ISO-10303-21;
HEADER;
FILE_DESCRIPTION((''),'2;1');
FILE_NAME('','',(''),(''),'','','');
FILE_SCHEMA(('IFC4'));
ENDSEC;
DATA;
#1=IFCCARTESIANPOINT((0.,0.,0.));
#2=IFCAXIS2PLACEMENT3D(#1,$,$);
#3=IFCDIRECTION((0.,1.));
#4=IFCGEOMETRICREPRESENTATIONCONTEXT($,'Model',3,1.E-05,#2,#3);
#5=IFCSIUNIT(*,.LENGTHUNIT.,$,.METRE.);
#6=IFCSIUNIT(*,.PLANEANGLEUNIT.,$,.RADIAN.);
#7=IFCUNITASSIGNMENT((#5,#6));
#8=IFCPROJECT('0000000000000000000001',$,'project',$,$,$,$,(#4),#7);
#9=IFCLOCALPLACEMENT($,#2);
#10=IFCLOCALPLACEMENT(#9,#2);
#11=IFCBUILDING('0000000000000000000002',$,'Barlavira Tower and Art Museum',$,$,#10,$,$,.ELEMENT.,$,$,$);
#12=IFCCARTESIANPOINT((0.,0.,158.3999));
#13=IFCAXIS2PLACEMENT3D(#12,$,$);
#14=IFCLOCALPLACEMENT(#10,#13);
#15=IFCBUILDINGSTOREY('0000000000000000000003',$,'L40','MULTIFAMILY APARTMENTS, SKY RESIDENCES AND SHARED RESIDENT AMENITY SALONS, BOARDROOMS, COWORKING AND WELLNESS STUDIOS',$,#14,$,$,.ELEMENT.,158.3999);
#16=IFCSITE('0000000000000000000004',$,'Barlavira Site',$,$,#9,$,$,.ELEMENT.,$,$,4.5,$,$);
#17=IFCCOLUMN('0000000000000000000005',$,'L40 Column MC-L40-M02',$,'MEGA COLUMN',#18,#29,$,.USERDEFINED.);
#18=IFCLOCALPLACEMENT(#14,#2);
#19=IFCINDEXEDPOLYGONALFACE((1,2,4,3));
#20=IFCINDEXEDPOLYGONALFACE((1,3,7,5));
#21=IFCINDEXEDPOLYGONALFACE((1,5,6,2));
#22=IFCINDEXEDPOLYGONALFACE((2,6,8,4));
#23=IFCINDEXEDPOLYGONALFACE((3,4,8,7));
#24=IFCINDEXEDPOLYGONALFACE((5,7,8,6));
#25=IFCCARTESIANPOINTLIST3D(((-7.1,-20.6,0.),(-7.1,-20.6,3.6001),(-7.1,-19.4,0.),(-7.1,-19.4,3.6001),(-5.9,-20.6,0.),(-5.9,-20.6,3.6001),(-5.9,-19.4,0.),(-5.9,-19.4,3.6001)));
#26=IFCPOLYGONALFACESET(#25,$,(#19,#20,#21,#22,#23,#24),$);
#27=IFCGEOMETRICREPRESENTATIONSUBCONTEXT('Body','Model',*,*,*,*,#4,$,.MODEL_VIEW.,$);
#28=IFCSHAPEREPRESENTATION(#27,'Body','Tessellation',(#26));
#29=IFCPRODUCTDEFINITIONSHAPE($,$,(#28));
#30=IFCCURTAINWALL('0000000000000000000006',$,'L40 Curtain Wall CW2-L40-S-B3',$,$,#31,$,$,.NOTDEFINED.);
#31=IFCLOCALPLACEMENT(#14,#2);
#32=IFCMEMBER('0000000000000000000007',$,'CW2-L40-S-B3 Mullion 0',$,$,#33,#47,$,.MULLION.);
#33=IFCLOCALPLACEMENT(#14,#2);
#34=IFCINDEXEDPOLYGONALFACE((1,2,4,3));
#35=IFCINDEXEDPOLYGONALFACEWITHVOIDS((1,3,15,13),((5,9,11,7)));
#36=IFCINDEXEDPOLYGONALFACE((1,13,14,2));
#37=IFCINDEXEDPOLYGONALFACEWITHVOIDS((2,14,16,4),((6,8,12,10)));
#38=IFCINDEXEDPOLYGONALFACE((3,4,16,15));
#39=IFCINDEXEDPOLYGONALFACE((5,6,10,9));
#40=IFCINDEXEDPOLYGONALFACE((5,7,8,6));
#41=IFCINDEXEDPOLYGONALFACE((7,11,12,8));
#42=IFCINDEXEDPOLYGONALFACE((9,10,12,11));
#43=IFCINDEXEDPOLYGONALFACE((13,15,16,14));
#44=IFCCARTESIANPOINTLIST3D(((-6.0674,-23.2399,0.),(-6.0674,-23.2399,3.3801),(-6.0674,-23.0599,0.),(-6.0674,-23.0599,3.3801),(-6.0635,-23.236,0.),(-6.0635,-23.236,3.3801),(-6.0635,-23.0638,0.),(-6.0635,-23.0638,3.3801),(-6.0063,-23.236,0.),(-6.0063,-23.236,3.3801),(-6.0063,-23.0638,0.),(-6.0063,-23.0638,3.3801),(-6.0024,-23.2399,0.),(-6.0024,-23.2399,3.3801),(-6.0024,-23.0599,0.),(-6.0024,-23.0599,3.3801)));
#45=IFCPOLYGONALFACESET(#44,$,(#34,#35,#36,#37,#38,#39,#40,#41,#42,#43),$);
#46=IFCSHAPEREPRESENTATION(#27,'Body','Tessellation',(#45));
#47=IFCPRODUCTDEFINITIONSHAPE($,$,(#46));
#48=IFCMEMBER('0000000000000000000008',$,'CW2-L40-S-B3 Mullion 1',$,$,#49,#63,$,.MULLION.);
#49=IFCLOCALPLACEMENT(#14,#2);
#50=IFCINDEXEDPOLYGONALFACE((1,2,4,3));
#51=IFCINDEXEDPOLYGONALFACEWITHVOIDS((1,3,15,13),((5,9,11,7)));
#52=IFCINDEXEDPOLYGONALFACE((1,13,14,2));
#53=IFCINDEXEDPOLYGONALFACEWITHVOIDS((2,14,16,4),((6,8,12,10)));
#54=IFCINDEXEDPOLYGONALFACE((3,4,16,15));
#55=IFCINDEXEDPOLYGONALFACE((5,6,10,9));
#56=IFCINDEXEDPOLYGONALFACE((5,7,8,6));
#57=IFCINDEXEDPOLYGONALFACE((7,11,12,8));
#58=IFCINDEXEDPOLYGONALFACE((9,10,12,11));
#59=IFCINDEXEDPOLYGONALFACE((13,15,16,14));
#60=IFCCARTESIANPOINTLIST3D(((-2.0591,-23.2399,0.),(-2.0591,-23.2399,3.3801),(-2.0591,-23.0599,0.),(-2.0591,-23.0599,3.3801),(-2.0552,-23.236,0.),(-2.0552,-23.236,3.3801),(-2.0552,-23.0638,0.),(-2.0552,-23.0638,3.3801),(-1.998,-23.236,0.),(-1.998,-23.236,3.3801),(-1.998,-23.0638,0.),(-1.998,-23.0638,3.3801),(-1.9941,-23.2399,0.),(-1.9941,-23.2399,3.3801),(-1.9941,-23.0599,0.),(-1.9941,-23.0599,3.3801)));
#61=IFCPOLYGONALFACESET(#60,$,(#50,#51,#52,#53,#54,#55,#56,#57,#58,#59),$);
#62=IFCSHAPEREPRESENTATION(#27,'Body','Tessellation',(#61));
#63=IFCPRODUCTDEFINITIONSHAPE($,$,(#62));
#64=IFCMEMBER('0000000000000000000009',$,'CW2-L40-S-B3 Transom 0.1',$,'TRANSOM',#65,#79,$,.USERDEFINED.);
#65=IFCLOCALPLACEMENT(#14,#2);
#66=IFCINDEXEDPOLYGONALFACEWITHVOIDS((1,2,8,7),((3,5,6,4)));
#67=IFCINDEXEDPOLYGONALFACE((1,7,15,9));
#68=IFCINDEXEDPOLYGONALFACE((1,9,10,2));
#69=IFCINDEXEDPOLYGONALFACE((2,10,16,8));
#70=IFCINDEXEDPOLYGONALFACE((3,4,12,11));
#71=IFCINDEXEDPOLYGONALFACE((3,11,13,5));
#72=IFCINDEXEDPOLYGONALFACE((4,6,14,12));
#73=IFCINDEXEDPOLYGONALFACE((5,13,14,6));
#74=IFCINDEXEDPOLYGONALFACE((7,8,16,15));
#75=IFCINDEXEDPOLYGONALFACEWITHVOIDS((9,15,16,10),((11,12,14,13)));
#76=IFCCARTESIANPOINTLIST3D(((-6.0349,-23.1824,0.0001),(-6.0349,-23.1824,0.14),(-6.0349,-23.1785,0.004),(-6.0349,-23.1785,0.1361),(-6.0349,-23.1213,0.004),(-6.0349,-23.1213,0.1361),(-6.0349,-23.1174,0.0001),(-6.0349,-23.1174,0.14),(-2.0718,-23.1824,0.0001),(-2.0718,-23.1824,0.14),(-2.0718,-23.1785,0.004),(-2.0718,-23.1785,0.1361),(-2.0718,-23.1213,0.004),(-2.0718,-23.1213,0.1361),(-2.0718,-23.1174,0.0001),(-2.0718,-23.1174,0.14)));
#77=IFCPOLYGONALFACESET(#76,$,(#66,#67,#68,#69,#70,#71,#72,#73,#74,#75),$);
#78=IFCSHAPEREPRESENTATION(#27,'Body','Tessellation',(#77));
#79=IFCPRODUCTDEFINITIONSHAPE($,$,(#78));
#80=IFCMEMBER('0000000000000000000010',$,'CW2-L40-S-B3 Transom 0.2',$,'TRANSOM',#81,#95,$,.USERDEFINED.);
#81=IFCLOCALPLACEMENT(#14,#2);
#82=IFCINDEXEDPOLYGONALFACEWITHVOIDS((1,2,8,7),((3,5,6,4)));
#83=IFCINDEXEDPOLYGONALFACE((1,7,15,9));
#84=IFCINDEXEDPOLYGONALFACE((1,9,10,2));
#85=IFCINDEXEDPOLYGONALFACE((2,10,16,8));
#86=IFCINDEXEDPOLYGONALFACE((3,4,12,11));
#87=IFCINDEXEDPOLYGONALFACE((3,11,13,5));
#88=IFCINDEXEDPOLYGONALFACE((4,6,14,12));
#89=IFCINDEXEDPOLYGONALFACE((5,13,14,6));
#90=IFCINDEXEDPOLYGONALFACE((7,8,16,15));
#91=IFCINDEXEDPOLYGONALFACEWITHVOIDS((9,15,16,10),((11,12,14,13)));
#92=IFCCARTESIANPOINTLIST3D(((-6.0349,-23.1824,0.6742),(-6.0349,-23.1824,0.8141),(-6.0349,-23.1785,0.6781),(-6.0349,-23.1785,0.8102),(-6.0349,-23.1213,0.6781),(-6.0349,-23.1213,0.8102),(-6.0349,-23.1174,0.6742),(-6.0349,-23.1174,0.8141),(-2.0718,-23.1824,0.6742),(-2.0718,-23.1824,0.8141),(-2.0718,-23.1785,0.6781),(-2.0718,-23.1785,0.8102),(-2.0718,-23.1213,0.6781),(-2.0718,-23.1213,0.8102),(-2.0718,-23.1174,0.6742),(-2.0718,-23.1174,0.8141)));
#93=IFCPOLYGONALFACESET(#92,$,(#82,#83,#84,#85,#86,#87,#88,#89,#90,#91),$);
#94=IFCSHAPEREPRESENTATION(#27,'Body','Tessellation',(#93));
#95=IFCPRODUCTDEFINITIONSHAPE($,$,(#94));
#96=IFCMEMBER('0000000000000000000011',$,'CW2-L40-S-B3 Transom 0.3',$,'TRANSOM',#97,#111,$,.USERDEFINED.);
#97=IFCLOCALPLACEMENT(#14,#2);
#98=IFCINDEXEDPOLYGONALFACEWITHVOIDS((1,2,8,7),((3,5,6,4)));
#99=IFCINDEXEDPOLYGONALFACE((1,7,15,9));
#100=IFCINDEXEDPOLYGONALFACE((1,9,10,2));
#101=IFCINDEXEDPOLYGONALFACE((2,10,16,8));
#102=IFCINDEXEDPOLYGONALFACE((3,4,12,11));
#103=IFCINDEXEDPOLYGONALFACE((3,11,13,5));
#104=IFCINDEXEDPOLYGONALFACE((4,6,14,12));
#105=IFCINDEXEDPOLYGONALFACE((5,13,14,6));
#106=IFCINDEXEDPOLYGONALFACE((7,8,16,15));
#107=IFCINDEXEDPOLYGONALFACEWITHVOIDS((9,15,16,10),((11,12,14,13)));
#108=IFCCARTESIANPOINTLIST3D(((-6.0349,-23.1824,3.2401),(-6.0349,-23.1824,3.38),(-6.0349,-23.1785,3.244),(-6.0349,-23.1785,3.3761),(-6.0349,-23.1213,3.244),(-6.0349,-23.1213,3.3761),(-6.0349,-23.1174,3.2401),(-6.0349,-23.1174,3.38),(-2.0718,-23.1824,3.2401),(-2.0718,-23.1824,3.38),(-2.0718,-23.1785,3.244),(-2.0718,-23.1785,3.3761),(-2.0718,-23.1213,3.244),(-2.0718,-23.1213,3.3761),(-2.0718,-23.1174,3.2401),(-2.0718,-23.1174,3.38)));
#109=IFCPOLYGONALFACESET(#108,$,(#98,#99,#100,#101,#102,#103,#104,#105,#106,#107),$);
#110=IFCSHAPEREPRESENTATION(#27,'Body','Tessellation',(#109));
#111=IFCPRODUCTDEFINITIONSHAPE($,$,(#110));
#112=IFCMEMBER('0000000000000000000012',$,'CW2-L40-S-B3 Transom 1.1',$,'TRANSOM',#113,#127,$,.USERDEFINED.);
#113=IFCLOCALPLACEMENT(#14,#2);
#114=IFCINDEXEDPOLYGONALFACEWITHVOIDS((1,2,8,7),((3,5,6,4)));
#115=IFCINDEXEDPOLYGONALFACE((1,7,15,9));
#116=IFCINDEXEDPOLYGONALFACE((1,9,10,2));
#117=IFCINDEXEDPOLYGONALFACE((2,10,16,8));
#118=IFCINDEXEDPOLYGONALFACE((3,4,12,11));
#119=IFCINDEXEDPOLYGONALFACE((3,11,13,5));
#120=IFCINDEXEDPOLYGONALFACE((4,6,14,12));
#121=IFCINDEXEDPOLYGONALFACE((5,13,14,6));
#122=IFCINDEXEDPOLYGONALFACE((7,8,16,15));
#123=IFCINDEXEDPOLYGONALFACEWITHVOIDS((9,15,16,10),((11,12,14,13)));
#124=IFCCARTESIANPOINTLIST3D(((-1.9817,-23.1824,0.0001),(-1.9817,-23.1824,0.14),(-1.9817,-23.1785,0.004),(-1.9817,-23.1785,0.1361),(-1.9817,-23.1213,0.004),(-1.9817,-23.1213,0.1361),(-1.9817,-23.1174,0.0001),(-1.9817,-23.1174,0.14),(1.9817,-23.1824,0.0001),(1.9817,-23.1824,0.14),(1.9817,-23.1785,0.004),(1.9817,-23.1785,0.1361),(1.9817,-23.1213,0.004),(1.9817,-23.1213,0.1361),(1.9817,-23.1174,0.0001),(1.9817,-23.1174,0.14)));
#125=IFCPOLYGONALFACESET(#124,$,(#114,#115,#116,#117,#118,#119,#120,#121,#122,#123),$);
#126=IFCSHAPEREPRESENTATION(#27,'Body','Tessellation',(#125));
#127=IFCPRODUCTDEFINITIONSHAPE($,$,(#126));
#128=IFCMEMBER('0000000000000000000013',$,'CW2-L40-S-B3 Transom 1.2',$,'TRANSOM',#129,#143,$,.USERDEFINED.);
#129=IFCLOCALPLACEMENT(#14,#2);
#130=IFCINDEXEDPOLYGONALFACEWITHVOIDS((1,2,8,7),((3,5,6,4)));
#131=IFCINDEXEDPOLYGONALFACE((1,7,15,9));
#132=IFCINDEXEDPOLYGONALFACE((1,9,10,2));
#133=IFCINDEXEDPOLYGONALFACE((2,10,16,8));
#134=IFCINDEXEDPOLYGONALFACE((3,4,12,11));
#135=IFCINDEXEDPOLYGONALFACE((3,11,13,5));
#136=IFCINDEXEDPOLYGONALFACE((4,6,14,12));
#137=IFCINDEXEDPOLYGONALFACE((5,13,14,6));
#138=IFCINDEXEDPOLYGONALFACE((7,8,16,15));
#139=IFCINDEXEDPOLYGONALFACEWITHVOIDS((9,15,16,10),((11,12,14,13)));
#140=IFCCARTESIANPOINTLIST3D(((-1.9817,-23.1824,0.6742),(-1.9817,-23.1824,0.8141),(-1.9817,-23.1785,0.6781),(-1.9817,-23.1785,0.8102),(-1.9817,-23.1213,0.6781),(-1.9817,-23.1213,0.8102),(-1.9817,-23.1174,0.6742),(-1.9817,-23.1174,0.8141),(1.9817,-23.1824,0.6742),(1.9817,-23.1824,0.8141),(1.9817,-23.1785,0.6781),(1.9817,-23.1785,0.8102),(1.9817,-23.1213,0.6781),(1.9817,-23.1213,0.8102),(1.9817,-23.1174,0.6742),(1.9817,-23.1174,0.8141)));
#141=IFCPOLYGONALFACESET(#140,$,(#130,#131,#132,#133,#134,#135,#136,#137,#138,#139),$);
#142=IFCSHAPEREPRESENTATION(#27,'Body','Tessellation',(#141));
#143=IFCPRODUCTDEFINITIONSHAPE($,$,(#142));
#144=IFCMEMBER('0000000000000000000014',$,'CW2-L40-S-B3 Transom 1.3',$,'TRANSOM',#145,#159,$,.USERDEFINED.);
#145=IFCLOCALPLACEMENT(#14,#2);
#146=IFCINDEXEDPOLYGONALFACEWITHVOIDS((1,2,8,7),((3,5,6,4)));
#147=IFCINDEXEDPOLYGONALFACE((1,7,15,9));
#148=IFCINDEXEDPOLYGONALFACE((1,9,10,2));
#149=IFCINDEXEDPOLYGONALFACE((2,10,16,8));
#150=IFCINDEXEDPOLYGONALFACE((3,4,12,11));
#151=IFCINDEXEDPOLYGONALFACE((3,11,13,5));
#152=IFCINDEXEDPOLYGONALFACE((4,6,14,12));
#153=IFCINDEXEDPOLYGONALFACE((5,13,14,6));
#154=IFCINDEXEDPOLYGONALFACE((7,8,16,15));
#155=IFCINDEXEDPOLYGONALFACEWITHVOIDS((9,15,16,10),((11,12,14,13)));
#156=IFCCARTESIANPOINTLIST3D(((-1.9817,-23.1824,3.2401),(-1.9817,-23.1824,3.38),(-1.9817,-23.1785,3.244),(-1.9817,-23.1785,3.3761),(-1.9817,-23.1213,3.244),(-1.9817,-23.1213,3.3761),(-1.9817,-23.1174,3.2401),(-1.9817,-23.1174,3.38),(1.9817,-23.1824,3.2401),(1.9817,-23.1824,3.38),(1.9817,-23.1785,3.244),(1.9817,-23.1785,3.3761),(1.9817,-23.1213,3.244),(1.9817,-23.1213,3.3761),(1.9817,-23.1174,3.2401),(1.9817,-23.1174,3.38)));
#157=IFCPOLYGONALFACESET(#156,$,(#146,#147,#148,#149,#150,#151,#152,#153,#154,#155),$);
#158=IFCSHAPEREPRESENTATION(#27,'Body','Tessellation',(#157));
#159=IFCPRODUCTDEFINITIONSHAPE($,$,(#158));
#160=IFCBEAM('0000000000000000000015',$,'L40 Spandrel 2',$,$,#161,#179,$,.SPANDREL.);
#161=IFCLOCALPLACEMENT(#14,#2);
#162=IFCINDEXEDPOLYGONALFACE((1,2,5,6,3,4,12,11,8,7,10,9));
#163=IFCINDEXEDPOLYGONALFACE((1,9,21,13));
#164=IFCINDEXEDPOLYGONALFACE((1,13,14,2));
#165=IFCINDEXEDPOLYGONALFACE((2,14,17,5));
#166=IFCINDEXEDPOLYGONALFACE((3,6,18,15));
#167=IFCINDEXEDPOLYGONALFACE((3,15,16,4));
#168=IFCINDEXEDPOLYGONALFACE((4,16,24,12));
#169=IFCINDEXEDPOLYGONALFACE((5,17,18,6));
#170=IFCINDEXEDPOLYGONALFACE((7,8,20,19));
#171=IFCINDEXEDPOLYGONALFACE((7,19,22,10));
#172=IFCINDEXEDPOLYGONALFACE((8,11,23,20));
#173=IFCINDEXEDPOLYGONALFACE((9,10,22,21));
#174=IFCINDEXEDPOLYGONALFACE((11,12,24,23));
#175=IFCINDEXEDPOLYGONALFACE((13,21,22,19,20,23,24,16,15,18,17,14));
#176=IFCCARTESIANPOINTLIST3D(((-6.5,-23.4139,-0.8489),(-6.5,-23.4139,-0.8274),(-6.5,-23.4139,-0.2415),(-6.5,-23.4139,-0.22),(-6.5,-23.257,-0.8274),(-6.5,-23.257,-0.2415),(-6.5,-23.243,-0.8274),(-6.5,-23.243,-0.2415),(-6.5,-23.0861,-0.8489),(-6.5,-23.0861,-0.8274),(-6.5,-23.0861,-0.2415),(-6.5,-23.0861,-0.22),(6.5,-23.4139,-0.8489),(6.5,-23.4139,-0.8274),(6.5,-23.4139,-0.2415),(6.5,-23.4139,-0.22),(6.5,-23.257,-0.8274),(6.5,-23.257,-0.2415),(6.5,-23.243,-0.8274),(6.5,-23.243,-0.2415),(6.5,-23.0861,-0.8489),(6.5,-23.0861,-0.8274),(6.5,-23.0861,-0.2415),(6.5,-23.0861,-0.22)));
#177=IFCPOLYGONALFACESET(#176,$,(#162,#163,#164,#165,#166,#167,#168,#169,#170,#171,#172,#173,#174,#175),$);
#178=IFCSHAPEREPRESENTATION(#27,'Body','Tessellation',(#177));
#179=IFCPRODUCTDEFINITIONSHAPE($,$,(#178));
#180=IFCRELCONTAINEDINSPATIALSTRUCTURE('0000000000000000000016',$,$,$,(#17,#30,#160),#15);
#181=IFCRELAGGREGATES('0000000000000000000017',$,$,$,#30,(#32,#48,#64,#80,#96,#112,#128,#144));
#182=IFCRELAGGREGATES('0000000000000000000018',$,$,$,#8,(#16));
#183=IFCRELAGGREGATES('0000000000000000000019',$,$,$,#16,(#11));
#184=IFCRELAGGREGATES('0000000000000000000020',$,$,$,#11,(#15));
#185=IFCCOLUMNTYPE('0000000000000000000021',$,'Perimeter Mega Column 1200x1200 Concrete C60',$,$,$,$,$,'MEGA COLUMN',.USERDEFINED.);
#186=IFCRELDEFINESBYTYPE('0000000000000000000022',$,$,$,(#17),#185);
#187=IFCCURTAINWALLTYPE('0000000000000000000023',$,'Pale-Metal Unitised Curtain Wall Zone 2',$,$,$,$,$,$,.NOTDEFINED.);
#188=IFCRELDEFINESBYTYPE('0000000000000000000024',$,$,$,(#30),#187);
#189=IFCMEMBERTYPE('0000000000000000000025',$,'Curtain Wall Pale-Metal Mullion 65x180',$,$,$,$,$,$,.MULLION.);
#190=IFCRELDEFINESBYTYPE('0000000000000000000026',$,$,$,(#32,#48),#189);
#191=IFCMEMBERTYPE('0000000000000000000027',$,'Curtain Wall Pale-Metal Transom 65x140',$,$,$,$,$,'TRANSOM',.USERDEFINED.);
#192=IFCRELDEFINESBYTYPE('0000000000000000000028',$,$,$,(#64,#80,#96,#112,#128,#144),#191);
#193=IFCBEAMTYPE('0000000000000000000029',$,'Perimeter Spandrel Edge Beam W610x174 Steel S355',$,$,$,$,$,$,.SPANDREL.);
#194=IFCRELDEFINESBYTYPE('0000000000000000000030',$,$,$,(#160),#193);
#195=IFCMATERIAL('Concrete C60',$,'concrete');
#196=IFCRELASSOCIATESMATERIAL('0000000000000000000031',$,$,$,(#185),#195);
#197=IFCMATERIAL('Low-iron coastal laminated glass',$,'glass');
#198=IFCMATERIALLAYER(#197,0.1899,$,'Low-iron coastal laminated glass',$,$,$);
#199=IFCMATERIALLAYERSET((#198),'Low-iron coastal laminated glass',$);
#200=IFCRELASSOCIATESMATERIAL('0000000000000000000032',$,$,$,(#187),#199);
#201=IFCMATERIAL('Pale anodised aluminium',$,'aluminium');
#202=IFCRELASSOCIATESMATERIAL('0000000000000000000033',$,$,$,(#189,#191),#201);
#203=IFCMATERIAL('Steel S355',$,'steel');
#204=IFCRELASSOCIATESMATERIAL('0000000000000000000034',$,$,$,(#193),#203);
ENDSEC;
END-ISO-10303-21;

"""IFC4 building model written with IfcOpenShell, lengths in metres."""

from ifc_helpers import new_model, si_unit, direction, frame, origin, origin_2d, place, context, subcontext, project, spatial, rectangle, hollow_rectangle, i_section, extrude, material, layer, layer_set, material_profile, profile_set, type_object, element, aggregate, save


model = new_model("IFC4")

# Units and contexts
model_context = context("Model", 3, precision=1e-05, world=origin(), true_north=direction((0.0, 1.0)))
body_context = subcontext(model_context, "Body", "Model", "MODEL_VIEW")
ifc_project = project(units=[si_unit("LENGTHUNIT", "METRE"), si_unit("PLANEANGLEUNIT", "RADIAN")], contexts=[model_context])

# Site, building, storey
site_placement = place(None, origin())
site = spatial("IfcSite", under=ifc_project, at=site_placement, Name="Barlavira Site", CompositionType="ELEMENT", RefElevation=4.5)
building_placement = place(site_placement, origin())
building = spatial("IfcBuilding", under=site, at=building_placement, Name="Barlavira Tower and Art Museum", CompositionType="ELEMENT")
storey_placement = place(building_placement, frame((0.0, 0.0, 158.3999)))
storey = spatial("IfcBuildingStorey", under=building, at=storey_placement, Name="L40", Description="MULTIFAMILY APARTMENTS, SKY RESIDENCES AND SHARED RESIDENT AMENITY SALONS, BOARDROOMS, COWORKING AND WELLNESS STUDIOS", CompositionType="ELEMENT", Elevation=158.3999)

# Column
ifc_material_1 = material(Name="Concrete C60", Category="concrete")
ifc_material_profile_1 = material_profile(ifc_material_1, rectangle(XDim=1.2, YDim=1.2, at=origin_2d()), Name="RC-COL 1200x1200")
ifc_profile_set_1 = profile_set([ifc_material_profile_1], Name="Concrete C60")
column_type = type_object("IfcColumnType", Name="Perimeter Mega Column 1200x1200 Concrete C60", ElementType="MEGA COLUMN", PredefinedType="USERDEFINED", material=ifc_profile_set_1)
column_placement = place(storey_placement, frame((-6.5, -20.0, 0.0), z_axis=(0.0, 0.0, 1.0), x_axis=(1.0, 0.0, 0.0)))
element("IfcColumn", 1, at=column_placement, inside=storey, type_object=column_type, Name="L40 Column MC-L40-M02", ObjectType="MEGA COLUMN", PredefinedType="USERDEFINED", context=body_context, shape_type="SweptSolid", body=[
    extrude(rectangle(XDim=1.2, YDim=1.2, at=origin_2d()), origin(), (0.0, 0.0, 1.0), 3.6001),
])

# Curtain wall, members
ifc_material_2 = material(Name="Low-iron coastal laminated glass", Category="glass")
ifc_layer_1 = layer(ifc_material_2, 0.1899, Name="Low-iron coastal laminated glass")
ifc_layer_set_1 = layer_set([ifc_layer_1], Name="Low-iron coastal laminated glass")
curtain_wall_type = type_object("IfcCurtainWallType", Name="Pale-Metal Unitised Curtain Wall Zone 2", PredefinedType="NOTDEFINED", material=ifc_layer_set_1)
curtain_wall_placement = place(storey_placement, origin())
curtain_wall = element("IfcCurtainWall", 2, at=curtain_wall_placement, inside=storey, type_object=curtain_wall_type, Name="L40 Curtain Wall CW2-L40-S-B3", PredefinedType="NOTDEFINED")
ifc_material_3 = material(Name="Pale anodised aluminium", Category="aluminium")
ifc_material_profile_2 = material_profile(ifc_material_3, hollow_rectangle(XDim=0.0649, YDim=0.1799, WallThickness=0.0039, at=origin_2d()), Name="ALU-MULL 65x180x4")
ifc_profile_set_2 = profile_set([ifc_material_profile_2], Name="Pale anodised aluminium")
member_type_1 = type_object("IfcMemberType", Name="Curtain Wall Pale-Metal Mullion 65x180", PredefinedType="MULLION", material=ifc_profile_set_2)
member_1_placement = place(storey_placement, frame((-6.0349, -23.1499, 0.0), z_axis=(0.0, 0.0, 1.0), x_axis=(1.0, 0.0, 0.0)))
member_1 = element("IfcMember", 3, at=member_1_placement, type_object=member_type_1, Name="CW2-L40-S-B3 Mullion 0", PredefinedType="MULLION", context=body_context, shape_type="SweptSolid", body=[
    extrude(hollow_rectangle(XDim=0.0649, YDim=0.1799, WallThickness=0.0039, at=origin_2d()), origin(), (0.0, 0.0, 1.0), 3.3801),
])
member_2_placement = place(storey_placement, frame((-2.0266, -23.1499, 0.0), z_axis=(0.0, 0.0, 1.0), x_axis=(1.0, 0.0, 0.0)))
member_2 = element("IfcMember", 4, at=member_2_placement, type_object=member_type_1, Name="CW2-L40-S-B3 Mullion 1", PredefinedType="MULLION", context=body_context, shape_type="SweptSolid", body=[
    extrude(hollow_rectangle(XDim=0.0649, YDim=0.1799, WallThickness=0.0039, at=origin_2d()), origin(), (0.0, 0.0, 1.0), 3.3801),
])
ifc_material_profile_3 = material_profile(ifc_material_3, hollow_rectangle(XDim=0.0649, YDim=0.1399, WallThickness=0.0039, at=origin_2d()), Name="ALU-TRAN 65x140x4")
ifc_profile_set_3 = profile_set([ifc_material_profile_3], Name="Pale anodised aluminium")
member_type_2 = type_object("IfcMemberType", Name="Curtain Wall Pale-Metal Transom 65x140", ElementType="TRANSOM", PredefinedType="USERDEFINED", material=ifc_profile_set_3)
member_3_placement = place(storey_placement, frame((-6.0349, -23.1499, 0.0701), z_axis=(1.0, 0.0, 0.0), x_axis=(0.0, 1.0, 0.0)))
member_3 = element("IfcMember", 5, at=member_3_placement, type_object=member_type_2, Name="CW2-L40-S-B3 Transom 0.1", ObjectType="TRANSOM", PredefinedType="USERDEFINED", context=body_context, shape_type="SweptSolid", body=[
    extrude(hollow_rectangle(XDim=0.0649, YDim=0.1399, WallThickness=0.0039, at=origin_2d()), origin(), (0.0, 0.0, 1.0), 3.9631),
])
member_4_placement = place(storey_placement, frame((-6.0349, -23.1499, 0.7441), z_axis=(1.0, 0.0, 0.0), x_axis=(0.0, 1.0, 0.0)))
member_4 = element("IfcMember", 6, at=member_4_placement, type_object=member_type_2, Name="CW2-L40-S-B3 Transom 0.2", ObjectType="TRANSOM", PredefinedType="USERDEFINED", context=body_context, shape_type="SweptSolid", body=[
    extrude(hollow_rectangle(XDim=0.0649, YDim=0.1399, WallThickness=0.0039, at=origin_2d()), origin(), (0.0, 0.0, 1.0), 3.9631),
])
member_5_placement = place(storey_placement, frame((-6.0349, -23.1499, 3.3101), z_axis=(1.0, 0.0, 0.0), x_axis=(0.0, 1.0, 0.0)))
member_5 = element("IfcMember", 7, at=member_5_placement, type_object=member_type_2, Name="CW2-L40-S-B3 Transom 0.3", ObjectType="TRANSOM", PredefinedType="USERDEFINED", context=body_context, shape_type="SweptSolid", body=[
    extrude(hollow_rectangle(XDim=0.0649, YDim=0.1399, WallThickness=0.0039, at=origin_2d()), origin(), (0.0, 0.0, 1.0), 3.9631),
])
member_6_placement = place(storey_placement, frame((-1.9817, -23.1499, 0.0701), z_axis=(1.0, 0.0, 0.0), x_axis=(0.0, 1.0, 0.0)))
member_6 = element("IfcMember", 8, at=member_6_placement, type_object=member_type_2, Name="CW2-L40-S-B3 Transom 1.1", ObjectType="TRANSOM", PredefinedType="USERDEFINED", context=body_context, shape_type="SweptSolid", body=[
    extrude(hollow_rectangle(XDim=0.0649, YDim=0.1399, WallThickness=0.0039, at=origin_2d()), origin(), (0.0, 0.0, 1.0), 3.9634),
])
member_7_placement = place(storey_placement, frame((-1.9817, -23.1499, 0.7441), z_axis=(1.0, 0.0, 0.0), x_axis=(0.0, 1.0, 0.0)))
member_7 = element("IfcMember", 9, at=member_7_placement, type_object=member_type_2, Name="CW2-L40-S-B3 Transom 1.2", ObjectType="TRANSOM", PredefinedType="USERDEFINED", context=body_context, shape_type="SweptSolid", body=[
    extrude(hollow_rectangle(XDim=0.0649, YDim=0.1399, WallThickness=0.0039, at=origin_2d()), origin(), (0.0, 0.0, 1.0), 3.9634),
])
member_8_placement = place(storey_placement, frame((-1.9817, -23.1499, 3.3101), z_axis=(1.0, 0.0, 0.0), x_axis=(0.0, 1.0, 0.0)))
member_8 = element("IfcMember", 10, at=member_8_placement, type_object=member_type_2, Name="CW2-L40-S-B3 Transom 1.3", ObjectType="TRANSOM", PredefinedType="USERDEFINED", context=body_context, shape_type="SweptSolid", body=[
    extrude(hollow_rectangle(XDim=0.0649, YDim=0.1399, WallThickness=0.0039, at=origin_2d()), origin(), (0.0, 0.0, 1.0), 3.9634),
])

# Beam
ifc_material_4 = material(Name="Steel S355", Category="steel")
ifc_material_profile_4 = material_profile(ifc_material_4, i_section(OverallWidth=0.3279, OverallDepth=0.6289, WebThickness=0.0139, FlangeThickness=0.0215, at=origin_2d()), Name="W610x174.0")
ifc_profile_set_4 = profile_set([ifc_material_profile_4], Name="Steel S355")
beam_type_1 = type_object("IfcBeamType", Name="Perimeter Spandrel Edge Beam W610x174 Steel S355", PredefinedType="SPANDREL", material=ifc_profile_set_4)
beam_1_placement = place(storey_placement, frame((-6.5, -23.25, -0.5344), z_axis=(1.0, 0.0, 0.0), x_axis=(0.0, 1.0, 0.0)))
element("IfcBeam", 11, at=beam_1_placement, inside=storey, type_object=beam_type_1, Name="L40 Spandrel 2", PredefinedType="SPANDREL", context=body_context, shape_type="SweptSolid", body=[
    extrude(i_section(OverallWidth=0.3279, OverallDepth=0.6289, WebThickness=0.0139, FlangeThickness=0.0215, at=origin_2d()), origin(), (0.0, 0.0, 1.0), 13.0),
])

aggregate(curtain_wall, [member_1, member_2, member_3, member_4, member_5, member_6, member_7, member_8])

save(model, "model.ifc")
